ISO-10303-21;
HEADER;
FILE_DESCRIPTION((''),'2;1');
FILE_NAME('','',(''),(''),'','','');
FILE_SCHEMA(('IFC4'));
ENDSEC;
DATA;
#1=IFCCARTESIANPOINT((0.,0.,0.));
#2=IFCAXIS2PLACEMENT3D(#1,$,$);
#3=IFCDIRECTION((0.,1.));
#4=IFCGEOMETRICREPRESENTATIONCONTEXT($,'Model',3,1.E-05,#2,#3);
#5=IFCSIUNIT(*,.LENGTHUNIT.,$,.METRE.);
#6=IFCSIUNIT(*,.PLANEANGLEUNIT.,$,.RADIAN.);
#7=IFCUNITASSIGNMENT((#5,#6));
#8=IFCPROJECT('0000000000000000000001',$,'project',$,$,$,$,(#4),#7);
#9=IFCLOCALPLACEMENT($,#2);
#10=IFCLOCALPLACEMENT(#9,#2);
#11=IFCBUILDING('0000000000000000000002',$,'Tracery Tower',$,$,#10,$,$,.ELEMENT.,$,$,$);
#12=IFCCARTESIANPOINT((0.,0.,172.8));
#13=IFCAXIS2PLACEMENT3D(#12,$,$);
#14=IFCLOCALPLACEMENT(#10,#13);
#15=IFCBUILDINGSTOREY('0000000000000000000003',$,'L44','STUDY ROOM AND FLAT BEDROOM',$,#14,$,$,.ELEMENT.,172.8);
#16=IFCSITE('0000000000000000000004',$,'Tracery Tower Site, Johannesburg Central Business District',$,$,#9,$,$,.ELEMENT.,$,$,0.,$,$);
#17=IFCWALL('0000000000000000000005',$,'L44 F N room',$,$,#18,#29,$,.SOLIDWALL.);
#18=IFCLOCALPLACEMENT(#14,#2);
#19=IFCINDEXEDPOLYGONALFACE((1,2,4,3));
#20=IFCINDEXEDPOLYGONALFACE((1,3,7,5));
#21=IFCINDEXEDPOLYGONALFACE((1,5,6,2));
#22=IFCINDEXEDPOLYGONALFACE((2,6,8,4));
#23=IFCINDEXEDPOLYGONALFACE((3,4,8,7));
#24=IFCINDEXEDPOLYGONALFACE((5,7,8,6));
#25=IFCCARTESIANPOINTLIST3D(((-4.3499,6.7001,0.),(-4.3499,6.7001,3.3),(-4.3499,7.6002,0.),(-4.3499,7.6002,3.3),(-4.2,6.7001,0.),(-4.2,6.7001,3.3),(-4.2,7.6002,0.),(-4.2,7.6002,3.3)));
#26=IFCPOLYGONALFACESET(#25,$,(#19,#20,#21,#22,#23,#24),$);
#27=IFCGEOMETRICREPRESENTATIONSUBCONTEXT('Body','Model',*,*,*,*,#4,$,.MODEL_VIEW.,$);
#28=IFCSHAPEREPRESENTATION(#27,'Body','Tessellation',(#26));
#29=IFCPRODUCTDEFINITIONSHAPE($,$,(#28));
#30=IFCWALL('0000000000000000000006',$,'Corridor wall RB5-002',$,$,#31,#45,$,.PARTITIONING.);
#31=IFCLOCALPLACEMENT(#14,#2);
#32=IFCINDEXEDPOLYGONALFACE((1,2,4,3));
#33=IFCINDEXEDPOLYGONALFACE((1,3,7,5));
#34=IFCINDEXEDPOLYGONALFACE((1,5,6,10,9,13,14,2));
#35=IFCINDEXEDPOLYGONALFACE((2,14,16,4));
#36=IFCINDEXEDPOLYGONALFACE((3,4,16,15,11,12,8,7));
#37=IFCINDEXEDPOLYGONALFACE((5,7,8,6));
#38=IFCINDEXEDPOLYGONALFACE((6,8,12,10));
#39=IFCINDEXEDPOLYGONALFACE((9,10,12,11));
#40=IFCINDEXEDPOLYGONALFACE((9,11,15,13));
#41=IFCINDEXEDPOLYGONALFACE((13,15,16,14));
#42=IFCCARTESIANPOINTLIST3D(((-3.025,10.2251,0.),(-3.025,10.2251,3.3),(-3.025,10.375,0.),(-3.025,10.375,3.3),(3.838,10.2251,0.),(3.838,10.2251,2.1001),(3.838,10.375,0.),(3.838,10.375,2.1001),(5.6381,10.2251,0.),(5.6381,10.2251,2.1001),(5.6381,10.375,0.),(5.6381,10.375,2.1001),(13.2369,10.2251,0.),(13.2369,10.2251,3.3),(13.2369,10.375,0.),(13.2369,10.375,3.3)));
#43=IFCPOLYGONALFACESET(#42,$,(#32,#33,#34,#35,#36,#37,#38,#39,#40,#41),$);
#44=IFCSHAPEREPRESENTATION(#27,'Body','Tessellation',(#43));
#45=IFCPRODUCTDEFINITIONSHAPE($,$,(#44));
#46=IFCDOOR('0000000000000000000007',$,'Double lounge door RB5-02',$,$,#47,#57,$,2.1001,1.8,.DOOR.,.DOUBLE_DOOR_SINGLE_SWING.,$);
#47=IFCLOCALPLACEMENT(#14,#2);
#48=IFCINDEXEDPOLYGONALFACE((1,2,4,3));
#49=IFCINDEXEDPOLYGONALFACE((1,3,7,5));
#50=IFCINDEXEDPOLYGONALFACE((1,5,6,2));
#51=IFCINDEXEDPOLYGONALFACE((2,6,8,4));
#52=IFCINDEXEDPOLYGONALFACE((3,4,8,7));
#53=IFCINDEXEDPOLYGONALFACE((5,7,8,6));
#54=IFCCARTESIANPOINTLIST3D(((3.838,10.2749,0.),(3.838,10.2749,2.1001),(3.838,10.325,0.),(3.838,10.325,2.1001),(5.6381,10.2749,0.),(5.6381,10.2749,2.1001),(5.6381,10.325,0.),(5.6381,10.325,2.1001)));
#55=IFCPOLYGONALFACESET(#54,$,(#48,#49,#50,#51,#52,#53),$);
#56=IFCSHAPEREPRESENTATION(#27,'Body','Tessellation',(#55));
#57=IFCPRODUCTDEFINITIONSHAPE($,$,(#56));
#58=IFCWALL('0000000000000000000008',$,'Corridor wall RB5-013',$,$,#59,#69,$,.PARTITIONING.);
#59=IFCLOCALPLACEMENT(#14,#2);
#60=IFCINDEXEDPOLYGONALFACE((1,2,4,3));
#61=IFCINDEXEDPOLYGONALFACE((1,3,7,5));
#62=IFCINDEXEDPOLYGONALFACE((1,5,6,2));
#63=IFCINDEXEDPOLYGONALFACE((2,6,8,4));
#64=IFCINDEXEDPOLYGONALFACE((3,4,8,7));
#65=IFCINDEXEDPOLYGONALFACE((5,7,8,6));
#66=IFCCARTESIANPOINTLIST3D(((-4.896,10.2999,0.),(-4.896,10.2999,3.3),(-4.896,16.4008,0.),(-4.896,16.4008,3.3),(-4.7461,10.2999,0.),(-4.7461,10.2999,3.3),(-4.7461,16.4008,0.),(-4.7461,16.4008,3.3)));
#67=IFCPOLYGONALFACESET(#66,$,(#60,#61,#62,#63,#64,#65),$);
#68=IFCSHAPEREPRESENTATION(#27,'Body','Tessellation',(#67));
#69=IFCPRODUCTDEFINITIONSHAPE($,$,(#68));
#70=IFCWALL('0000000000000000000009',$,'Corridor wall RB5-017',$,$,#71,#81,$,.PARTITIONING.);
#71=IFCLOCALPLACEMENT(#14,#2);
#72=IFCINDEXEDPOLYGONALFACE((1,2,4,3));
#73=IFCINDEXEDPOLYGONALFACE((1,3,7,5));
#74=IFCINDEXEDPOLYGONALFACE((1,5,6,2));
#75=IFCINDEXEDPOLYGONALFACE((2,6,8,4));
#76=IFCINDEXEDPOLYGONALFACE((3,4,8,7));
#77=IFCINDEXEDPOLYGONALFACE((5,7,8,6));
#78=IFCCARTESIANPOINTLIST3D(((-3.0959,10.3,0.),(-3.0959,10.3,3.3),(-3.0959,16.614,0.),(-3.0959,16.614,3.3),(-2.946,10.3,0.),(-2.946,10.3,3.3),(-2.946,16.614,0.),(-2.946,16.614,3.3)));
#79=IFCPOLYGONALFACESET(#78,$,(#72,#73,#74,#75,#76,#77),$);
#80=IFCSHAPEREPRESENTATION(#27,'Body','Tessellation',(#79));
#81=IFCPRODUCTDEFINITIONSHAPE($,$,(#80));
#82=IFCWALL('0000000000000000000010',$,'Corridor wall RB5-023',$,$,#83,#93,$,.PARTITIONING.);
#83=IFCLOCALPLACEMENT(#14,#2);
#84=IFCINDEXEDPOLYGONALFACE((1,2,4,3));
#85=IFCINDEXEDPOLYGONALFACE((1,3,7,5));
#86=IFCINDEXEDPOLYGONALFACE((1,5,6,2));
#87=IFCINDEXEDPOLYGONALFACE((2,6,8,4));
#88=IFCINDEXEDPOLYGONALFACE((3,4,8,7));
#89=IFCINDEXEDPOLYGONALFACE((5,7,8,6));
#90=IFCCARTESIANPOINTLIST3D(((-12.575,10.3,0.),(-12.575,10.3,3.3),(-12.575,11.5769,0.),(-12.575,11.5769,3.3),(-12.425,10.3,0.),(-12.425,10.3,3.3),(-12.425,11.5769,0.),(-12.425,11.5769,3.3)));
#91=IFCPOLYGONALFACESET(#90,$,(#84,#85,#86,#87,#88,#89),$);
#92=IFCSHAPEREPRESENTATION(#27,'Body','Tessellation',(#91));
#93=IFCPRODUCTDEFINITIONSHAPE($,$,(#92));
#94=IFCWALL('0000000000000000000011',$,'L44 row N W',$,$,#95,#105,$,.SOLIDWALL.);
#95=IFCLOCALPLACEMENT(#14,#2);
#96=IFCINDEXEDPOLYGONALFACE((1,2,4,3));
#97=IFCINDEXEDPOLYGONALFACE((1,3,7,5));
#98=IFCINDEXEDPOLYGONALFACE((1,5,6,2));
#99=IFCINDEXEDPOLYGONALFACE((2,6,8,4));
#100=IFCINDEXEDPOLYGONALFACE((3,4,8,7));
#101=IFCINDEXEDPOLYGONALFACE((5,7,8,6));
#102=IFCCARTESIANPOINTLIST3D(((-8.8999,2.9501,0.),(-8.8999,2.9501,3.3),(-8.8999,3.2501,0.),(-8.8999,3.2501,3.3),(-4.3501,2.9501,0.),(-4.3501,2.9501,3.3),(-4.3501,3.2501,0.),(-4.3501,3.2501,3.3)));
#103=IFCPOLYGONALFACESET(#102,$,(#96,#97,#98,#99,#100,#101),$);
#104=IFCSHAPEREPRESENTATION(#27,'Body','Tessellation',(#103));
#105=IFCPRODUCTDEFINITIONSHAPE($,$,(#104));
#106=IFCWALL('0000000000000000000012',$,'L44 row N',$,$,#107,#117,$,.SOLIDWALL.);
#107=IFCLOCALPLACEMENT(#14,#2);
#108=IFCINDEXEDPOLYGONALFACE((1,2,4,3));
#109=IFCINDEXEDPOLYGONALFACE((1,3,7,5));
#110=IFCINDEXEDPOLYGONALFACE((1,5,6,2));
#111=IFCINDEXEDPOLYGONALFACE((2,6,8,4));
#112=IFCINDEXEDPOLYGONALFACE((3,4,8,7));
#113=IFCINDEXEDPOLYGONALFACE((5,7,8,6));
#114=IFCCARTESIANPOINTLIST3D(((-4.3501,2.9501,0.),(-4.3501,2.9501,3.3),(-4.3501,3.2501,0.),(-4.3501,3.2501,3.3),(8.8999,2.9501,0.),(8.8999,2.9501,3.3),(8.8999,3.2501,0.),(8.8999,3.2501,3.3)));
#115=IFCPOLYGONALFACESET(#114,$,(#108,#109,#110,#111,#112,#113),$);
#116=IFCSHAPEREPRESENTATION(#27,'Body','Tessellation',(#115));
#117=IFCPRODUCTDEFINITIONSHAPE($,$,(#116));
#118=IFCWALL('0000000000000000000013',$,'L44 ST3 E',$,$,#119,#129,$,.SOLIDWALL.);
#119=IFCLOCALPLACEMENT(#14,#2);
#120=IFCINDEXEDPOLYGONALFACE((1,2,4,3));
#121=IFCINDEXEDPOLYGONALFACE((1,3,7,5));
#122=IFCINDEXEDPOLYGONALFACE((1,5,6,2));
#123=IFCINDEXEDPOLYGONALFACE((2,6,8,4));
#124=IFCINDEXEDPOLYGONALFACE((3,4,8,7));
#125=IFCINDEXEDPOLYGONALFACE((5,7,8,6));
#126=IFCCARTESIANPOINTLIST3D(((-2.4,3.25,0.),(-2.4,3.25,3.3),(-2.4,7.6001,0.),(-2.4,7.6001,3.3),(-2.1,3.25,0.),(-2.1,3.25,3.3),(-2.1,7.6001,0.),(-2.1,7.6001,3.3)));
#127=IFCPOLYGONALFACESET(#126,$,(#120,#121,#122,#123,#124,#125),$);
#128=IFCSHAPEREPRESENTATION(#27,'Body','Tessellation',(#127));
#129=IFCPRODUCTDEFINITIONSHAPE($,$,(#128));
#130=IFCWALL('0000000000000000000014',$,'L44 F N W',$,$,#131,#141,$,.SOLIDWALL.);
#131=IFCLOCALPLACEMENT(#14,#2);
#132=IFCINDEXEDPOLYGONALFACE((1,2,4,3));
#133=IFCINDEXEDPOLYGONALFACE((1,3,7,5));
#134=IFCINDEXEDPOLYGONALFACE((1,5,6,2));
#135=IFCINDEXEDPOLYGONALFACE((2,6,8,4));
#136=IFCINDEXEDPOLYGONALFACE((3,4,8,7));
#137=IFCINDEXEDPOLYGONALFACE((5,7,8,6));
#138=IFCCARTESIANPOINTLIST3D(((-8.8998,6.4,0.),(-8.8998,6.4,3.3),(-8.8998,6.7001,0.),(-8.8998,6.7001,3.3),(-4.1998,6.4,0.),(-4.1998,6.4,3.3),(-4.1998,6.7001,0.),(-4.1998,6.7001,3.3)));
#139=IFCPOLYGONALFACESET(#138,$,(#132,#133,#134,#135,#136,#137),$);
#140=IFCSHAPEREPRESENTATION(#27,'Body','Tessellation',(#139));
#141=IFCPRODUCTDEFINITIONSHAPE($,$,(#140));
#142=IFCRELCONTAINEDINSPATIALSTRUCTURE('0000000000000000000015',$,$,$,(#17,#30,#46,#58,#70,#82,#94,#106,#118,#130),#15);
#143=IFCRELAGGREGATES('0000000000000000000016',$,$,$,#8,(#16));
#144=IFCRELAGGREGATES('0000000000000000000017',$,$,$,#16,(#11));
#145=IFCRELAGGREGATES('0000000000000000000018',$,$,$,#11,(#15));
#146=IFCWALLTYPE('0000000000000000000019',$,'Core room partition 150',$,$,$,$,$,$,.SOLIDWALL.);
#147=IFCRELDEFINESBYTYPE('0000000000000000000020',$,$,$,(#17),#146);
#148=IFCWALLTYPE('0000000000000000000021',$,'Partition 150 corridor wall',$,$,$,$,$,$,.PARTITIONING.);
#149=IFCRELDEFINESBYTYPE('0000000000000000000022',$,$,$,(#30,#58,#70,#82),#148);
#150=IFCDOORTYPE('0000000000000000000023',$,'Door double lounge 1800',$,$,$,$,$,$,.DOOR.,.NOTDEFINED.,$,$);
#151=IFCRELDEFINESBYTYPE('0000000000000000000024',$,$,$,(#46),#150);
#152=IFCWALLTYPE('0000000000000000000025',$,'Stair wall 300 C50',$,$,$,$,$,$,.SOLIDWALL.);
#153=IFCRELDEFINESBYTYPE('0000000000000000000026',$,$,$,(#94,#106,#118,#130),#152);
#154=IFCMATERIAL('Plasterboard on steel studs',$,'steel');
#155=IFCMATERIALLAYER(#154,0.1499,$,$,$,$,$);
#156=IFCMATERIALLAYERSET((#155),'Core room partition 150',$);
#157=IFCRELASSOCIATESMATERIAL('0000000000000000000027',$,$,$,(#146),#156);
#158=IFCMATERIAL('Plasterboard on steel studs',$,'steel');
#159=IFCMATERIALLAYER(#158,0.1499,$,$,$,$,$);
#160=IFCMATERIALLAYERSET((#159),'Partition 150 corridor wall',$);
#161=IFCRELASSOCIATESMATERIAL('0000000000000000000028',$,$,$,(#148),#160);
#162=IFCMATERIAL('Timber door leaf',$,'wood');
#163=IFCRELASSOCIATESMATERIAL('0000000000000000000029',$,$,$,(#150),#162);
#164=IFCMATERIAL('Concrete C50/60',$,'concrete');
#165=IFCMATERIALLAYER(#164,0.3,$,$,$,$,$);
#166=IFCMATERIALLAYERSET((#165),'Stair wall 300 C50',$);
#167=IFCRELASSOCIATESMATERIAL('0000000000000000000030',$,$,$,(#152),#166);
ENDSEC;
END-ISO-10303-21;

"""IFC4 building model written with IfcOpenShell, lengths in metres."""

from ifc_helpers import new_model, si_unit, direction, frame, frame_2d, origin, place, context, subcontext, project, spatial, rectangle, extrude, material, layer, layer_set, type_object, element, fill, save


model = new_model("IFC4")

# Units and contexts
model_context = context("Model", 3, precision=1e-05, world=origin(), true_north=direction((0.0, 1.0)))
body_context = subcontext(model_context, "Body", "Model", "MODEL_VIEW")
ifc_project = project(units=[si_unit("LENGTHUNIT", "METRE"), si_unit("PLANEANGLEUNIT", "RADIAN")], contexts=[model_context])

# Site, building, storey
site_placement = place(None, origin())
site = spatial("IfcSite", under=ifc_project, at=site_placement, Name="Tracery Tower Site, Johannesburg Central Business District", CompositionType="ELEMENT", RefElevation=0.0)
building_placement = place(site_placement, origin())
building = spatial("IfcBuilding", under=site, at=building_placement, Name="Tracery Tower", CompositionType="ELEMENT")
storey_placement = place(building_placement, frame((0.0, 0.0, 172.8)))
storey = spatial("IfcBuildingStorey", under=building, at=storey_placement, Name="L44", Description="STUDY ROOM AND FLAT BEDROOM", CompositionType="ELEMENT", Elevation=172.8)

# Wall
ifc_material_1 = material(Name="Plasterboard on steel studs", Category="steel")
ifc_layer_1 = layer(ifc_material_1, 0.1499)
ifc_layer_set_1 = layer_set([ifc_layer_1], Name="Core room partition 150")
wall_type_1 = type_object("IfcWallType", Name="Core room partition 150", PredefinedType="SOLIDWALL", material=ifc_layer_set_1)
wall_1_placement = place(storey_placement, frame((-4.2749, 6.7, 0.0), z_axis=(0.0, 0.0, 1.0), x_axis=(0.0, 1.0, 0.0)))
element("IfcWall", 1, at=wall_1_placement, inside=storey, type_object=wall_type_1, Name="L44 F N room", PredefinedType="SOLIDWALL", context=body_context, shape_type="SweptSolid", body=[
    extrude(rectangle(XDim=0.9001, YDim=0.1499, at=frame_2d((0.4502, 0.0))), origin(), (0.0, 0.0, 1.0), 3.3),
])

# Wall, opening, door
ifc_material_2 = material(Name="Plasterboard on steel studs", Category="steel")
ifc_layer_2 = layer(ifc_material_2, 0.1499)
ifc_layer_set_2 = layer_set([ifc_layer_2], Name="Partition 150 corridor wall")
wall_type_2 = type_object("IfcWallType", Name="Partition 150 corridor wall", PredefinedType="PARTITIONING", material=ifc_layer_set_2)
wall_2_placement = place(storey_placement, frame((-3.0249, 10.3, 0.0), z_axis=(0.0, 0.0, 1.0), x_axis=(1.0, 0.0, 0.0)))
wall_2 = element("IfcWall", 2, at=wall_2_placement, inside=storey, type_object=wall_type_2, Name="Corridor wall RB5-002", PredefinedType="PARTITIONING", context=body_context, shape_type="SweptSolid", body=[
    extrude(rectangle(XDim=16.262, YDim=0.1499, at=frame_2d((8.1309, 0.0))), origin(), (0.0, 0.0, 1.0), 3.3),
])
opening_1_placement = place(wall_2_placement, frame((6.863, 0.0, 0.0)))
opening_1 = element("IfcOpeningElement", 3, at=opening_1_placement, cuts=wall_2, PredefinedType="OPENING", context=body_context, shape_type="SweptSolid", body=[
    extrude(rectangle(XDim=1.8, YDim=2.1001, at=frame_2d((0.8999, 1.05))), frame((0.0, 0.075, 0.0), z_axis=(0.0, -1.0, 0.0), x_axis=(1.0, 0.0, 0.0)), (0.0, 0.0, 1.0), 0.1499),
])
ifc_material_3 = material(Name="Timber door leaf", Category="wood")
door_type_1 = type_object("IfcDoorType", Name="Door double lounge 1800", OperationType="NOTDEFINED", PredefinedType="DOOR", material=ifc_material_3)
door_1_placement = place(opening_1_placement, origin())
door_1 = element("IfcDoor", 4, at=door_1_placement, inside=storey, type_object=door_type_1, Name="Double lounge door RB5-02", OperationType="DOUBLE_DOOR_SINGLE_SWING", OverallHeight=2.1001, OverallWidth=1.8, PredefinedType="DOOR", context=body_context, shape_type="SweptSolid", body=[
    extrude(rectangle(XDim=1.8, YDim=2.1001, at=frame_2d((0.8999, 1.05))), frame((0.0, 0.0249, 0.0), z_axis=(0.0, -1.0, 0.0), x_axis=(1.0, 0.0, 0.0)), (0.0, 0.0, 1.0), 0.05),
])
fill(opening_1, door_1)

# Walls
wall_3_placement = place(storey_placement, frame((-4.821, 10.3, 0.0), z_axis=(0.0, 0.0, 1.0), x_axis=(0.0, 1.0, 0.0)))
element("IfcWall", 5, at=wall_3_placement, inside=storey, type_object=wall_type_2, Name="Corridor wall RB5-013", PredefinedType="PARTITIONING", context=body_context, shape_type="SweptSolid", body=[
    extrude(rectangle(XDim=6.1008, YDim=0.1499, at=frame_2d((3.0503, 0.0))), origin(), (0.0, 0.0, 1.0), 3.3),
])
wall_4_placement = place(storey_placement, frame((-3.021, 10.3, 0.0), z_axis=(0.0, 0.0, 1.0), x_axis=(0.0, 1.0, 0.0)))
element("IfcWall", 6, at=wall_4_placement, inside=storey, type_object=wall_type_2, Name="Corridor wall RB5-017", PredefinedType="PARTITIONING", context=body_context, shape_type="SweptSolid", body=[
    extrude(rectangle(XDim=6.314, YDim=0.1499, at=frame_2d((3.157, 0.0))), origin(), (0.0, 0.0, 1.0), 3.3),
])
wall_5_placement = place(storey_placement, frame((-12.5, 10.3, 0.0), z_axis=(0.0, 0.0, 1.0), x_axis=(0.0, 1.0, 0.0)))
element("IfcWall", 7, at=wall_5_placement, inside=storey, type_object=wall_type_2, Name="Corridor wall RB5-023", PredefinedType="PARTITIONING", context=body_context, shape_type="SweptSolid", body=[
    extrude(rectangle(XDim=1.2769, YDim=0.1499, at=frame_2d((0.6384, 0.0))), origin(), (0.0, 0.0, 1.0), 3.3),
])

# Walls
ifc_material_4 = material(Name="Concrete C50/60", Category="concrete")
ifc_layer_3 = layer(ifc_material_4, 0.3)
ifc_layer_set_3 = layer_set([ifc_layer_3], Name="Stair wall 300 C50")
wall_type_3 = type_object("IfcWallType", Name="Stair wall 300 C50", PredefinedType="SOLIDWALL", material=ifc_layer_set_3)
wall_6_placement = place(storey_placement, frame((-8.8999, 3.1001, 0.0), z_axis=(0.0, 0.0, 1.0), x_axis=(1.0, 0.0, 0.0)))
element("IfcWall", 8, at=wall_6_placement, inside=storey, type_object=wall_type_3, Name="L44 row N W", PredefinedType="SOLIDWALL", context=body_context, shape_type="SweptSolid", body=[
    extrude(rectangle(XDim=4.5498, YDim=0.3, at=frame_2d((2.2749, 0.0))), origin(), (0.0, 0.0, 1.0), 3.3),
])
wall_7_placement = place(storey_placement, frame((-4.3501, 3.1001, 0.0), z_axis=(0.0, 0.0, 1.0), x_axis=(1.0, 0.0, 0.0)))
element("IfcWall", 9, at=wall_7_placement, inside=storey, type_object=wall_type_3, Name="L44 row N", PredefinedType="SOLIDWALL", context=body_context, shape_type="SweptSolid", body=[
    extrude(rectangle(XDim=13.25, YDim=0.3, at=frame_2d((6.625, 0.0))), origin(), (0.0, 0.0, 1.0), 3.3),
])
wall_8_placement = place(storey_placement, frame((-2.25, 3.25, 0.0), z_axis=(0.0, 0.0, 1.0), x_axis=(0.0, 1.0, 0.0)))
element("IfcWall", 10, at=wall_8_placement, inside=storey, type_object=wall_type_3, Name="L44 ST3 E", PredefinedType="SOLIDWALL", context=body_context, shape_type="SweptSolid", body=[
    extrude(rectangle(XDim=4.3501, YDim=0.3, at=frame_2d((2.175, 0.0))), origin(), (0.0, 0.0, 1.0), 3.3),
])
wall_9_placement = place(storey_placement, frame((-8.8999, 6.55, 0.0), z_axis=(0.0, 0.0, 1.0), x_axis=(1.0, 0.0, 0.0)))
element("IfcWall", 11, at=wall_9_placement, inside=storey, type_object=wall_type_3, Name="L44 F N W", PredefinedType="SOLIDWALL", context=body_context, shape_type="SweptSolid", body=[
    extrude(rectangle(XDim=4.7, YDim=0.3, at=frame_2d((2.3501, 0.0))), origin(), (0.0, 0.0, 1.0), 3.3),
])

save(model, "model.ifc")
